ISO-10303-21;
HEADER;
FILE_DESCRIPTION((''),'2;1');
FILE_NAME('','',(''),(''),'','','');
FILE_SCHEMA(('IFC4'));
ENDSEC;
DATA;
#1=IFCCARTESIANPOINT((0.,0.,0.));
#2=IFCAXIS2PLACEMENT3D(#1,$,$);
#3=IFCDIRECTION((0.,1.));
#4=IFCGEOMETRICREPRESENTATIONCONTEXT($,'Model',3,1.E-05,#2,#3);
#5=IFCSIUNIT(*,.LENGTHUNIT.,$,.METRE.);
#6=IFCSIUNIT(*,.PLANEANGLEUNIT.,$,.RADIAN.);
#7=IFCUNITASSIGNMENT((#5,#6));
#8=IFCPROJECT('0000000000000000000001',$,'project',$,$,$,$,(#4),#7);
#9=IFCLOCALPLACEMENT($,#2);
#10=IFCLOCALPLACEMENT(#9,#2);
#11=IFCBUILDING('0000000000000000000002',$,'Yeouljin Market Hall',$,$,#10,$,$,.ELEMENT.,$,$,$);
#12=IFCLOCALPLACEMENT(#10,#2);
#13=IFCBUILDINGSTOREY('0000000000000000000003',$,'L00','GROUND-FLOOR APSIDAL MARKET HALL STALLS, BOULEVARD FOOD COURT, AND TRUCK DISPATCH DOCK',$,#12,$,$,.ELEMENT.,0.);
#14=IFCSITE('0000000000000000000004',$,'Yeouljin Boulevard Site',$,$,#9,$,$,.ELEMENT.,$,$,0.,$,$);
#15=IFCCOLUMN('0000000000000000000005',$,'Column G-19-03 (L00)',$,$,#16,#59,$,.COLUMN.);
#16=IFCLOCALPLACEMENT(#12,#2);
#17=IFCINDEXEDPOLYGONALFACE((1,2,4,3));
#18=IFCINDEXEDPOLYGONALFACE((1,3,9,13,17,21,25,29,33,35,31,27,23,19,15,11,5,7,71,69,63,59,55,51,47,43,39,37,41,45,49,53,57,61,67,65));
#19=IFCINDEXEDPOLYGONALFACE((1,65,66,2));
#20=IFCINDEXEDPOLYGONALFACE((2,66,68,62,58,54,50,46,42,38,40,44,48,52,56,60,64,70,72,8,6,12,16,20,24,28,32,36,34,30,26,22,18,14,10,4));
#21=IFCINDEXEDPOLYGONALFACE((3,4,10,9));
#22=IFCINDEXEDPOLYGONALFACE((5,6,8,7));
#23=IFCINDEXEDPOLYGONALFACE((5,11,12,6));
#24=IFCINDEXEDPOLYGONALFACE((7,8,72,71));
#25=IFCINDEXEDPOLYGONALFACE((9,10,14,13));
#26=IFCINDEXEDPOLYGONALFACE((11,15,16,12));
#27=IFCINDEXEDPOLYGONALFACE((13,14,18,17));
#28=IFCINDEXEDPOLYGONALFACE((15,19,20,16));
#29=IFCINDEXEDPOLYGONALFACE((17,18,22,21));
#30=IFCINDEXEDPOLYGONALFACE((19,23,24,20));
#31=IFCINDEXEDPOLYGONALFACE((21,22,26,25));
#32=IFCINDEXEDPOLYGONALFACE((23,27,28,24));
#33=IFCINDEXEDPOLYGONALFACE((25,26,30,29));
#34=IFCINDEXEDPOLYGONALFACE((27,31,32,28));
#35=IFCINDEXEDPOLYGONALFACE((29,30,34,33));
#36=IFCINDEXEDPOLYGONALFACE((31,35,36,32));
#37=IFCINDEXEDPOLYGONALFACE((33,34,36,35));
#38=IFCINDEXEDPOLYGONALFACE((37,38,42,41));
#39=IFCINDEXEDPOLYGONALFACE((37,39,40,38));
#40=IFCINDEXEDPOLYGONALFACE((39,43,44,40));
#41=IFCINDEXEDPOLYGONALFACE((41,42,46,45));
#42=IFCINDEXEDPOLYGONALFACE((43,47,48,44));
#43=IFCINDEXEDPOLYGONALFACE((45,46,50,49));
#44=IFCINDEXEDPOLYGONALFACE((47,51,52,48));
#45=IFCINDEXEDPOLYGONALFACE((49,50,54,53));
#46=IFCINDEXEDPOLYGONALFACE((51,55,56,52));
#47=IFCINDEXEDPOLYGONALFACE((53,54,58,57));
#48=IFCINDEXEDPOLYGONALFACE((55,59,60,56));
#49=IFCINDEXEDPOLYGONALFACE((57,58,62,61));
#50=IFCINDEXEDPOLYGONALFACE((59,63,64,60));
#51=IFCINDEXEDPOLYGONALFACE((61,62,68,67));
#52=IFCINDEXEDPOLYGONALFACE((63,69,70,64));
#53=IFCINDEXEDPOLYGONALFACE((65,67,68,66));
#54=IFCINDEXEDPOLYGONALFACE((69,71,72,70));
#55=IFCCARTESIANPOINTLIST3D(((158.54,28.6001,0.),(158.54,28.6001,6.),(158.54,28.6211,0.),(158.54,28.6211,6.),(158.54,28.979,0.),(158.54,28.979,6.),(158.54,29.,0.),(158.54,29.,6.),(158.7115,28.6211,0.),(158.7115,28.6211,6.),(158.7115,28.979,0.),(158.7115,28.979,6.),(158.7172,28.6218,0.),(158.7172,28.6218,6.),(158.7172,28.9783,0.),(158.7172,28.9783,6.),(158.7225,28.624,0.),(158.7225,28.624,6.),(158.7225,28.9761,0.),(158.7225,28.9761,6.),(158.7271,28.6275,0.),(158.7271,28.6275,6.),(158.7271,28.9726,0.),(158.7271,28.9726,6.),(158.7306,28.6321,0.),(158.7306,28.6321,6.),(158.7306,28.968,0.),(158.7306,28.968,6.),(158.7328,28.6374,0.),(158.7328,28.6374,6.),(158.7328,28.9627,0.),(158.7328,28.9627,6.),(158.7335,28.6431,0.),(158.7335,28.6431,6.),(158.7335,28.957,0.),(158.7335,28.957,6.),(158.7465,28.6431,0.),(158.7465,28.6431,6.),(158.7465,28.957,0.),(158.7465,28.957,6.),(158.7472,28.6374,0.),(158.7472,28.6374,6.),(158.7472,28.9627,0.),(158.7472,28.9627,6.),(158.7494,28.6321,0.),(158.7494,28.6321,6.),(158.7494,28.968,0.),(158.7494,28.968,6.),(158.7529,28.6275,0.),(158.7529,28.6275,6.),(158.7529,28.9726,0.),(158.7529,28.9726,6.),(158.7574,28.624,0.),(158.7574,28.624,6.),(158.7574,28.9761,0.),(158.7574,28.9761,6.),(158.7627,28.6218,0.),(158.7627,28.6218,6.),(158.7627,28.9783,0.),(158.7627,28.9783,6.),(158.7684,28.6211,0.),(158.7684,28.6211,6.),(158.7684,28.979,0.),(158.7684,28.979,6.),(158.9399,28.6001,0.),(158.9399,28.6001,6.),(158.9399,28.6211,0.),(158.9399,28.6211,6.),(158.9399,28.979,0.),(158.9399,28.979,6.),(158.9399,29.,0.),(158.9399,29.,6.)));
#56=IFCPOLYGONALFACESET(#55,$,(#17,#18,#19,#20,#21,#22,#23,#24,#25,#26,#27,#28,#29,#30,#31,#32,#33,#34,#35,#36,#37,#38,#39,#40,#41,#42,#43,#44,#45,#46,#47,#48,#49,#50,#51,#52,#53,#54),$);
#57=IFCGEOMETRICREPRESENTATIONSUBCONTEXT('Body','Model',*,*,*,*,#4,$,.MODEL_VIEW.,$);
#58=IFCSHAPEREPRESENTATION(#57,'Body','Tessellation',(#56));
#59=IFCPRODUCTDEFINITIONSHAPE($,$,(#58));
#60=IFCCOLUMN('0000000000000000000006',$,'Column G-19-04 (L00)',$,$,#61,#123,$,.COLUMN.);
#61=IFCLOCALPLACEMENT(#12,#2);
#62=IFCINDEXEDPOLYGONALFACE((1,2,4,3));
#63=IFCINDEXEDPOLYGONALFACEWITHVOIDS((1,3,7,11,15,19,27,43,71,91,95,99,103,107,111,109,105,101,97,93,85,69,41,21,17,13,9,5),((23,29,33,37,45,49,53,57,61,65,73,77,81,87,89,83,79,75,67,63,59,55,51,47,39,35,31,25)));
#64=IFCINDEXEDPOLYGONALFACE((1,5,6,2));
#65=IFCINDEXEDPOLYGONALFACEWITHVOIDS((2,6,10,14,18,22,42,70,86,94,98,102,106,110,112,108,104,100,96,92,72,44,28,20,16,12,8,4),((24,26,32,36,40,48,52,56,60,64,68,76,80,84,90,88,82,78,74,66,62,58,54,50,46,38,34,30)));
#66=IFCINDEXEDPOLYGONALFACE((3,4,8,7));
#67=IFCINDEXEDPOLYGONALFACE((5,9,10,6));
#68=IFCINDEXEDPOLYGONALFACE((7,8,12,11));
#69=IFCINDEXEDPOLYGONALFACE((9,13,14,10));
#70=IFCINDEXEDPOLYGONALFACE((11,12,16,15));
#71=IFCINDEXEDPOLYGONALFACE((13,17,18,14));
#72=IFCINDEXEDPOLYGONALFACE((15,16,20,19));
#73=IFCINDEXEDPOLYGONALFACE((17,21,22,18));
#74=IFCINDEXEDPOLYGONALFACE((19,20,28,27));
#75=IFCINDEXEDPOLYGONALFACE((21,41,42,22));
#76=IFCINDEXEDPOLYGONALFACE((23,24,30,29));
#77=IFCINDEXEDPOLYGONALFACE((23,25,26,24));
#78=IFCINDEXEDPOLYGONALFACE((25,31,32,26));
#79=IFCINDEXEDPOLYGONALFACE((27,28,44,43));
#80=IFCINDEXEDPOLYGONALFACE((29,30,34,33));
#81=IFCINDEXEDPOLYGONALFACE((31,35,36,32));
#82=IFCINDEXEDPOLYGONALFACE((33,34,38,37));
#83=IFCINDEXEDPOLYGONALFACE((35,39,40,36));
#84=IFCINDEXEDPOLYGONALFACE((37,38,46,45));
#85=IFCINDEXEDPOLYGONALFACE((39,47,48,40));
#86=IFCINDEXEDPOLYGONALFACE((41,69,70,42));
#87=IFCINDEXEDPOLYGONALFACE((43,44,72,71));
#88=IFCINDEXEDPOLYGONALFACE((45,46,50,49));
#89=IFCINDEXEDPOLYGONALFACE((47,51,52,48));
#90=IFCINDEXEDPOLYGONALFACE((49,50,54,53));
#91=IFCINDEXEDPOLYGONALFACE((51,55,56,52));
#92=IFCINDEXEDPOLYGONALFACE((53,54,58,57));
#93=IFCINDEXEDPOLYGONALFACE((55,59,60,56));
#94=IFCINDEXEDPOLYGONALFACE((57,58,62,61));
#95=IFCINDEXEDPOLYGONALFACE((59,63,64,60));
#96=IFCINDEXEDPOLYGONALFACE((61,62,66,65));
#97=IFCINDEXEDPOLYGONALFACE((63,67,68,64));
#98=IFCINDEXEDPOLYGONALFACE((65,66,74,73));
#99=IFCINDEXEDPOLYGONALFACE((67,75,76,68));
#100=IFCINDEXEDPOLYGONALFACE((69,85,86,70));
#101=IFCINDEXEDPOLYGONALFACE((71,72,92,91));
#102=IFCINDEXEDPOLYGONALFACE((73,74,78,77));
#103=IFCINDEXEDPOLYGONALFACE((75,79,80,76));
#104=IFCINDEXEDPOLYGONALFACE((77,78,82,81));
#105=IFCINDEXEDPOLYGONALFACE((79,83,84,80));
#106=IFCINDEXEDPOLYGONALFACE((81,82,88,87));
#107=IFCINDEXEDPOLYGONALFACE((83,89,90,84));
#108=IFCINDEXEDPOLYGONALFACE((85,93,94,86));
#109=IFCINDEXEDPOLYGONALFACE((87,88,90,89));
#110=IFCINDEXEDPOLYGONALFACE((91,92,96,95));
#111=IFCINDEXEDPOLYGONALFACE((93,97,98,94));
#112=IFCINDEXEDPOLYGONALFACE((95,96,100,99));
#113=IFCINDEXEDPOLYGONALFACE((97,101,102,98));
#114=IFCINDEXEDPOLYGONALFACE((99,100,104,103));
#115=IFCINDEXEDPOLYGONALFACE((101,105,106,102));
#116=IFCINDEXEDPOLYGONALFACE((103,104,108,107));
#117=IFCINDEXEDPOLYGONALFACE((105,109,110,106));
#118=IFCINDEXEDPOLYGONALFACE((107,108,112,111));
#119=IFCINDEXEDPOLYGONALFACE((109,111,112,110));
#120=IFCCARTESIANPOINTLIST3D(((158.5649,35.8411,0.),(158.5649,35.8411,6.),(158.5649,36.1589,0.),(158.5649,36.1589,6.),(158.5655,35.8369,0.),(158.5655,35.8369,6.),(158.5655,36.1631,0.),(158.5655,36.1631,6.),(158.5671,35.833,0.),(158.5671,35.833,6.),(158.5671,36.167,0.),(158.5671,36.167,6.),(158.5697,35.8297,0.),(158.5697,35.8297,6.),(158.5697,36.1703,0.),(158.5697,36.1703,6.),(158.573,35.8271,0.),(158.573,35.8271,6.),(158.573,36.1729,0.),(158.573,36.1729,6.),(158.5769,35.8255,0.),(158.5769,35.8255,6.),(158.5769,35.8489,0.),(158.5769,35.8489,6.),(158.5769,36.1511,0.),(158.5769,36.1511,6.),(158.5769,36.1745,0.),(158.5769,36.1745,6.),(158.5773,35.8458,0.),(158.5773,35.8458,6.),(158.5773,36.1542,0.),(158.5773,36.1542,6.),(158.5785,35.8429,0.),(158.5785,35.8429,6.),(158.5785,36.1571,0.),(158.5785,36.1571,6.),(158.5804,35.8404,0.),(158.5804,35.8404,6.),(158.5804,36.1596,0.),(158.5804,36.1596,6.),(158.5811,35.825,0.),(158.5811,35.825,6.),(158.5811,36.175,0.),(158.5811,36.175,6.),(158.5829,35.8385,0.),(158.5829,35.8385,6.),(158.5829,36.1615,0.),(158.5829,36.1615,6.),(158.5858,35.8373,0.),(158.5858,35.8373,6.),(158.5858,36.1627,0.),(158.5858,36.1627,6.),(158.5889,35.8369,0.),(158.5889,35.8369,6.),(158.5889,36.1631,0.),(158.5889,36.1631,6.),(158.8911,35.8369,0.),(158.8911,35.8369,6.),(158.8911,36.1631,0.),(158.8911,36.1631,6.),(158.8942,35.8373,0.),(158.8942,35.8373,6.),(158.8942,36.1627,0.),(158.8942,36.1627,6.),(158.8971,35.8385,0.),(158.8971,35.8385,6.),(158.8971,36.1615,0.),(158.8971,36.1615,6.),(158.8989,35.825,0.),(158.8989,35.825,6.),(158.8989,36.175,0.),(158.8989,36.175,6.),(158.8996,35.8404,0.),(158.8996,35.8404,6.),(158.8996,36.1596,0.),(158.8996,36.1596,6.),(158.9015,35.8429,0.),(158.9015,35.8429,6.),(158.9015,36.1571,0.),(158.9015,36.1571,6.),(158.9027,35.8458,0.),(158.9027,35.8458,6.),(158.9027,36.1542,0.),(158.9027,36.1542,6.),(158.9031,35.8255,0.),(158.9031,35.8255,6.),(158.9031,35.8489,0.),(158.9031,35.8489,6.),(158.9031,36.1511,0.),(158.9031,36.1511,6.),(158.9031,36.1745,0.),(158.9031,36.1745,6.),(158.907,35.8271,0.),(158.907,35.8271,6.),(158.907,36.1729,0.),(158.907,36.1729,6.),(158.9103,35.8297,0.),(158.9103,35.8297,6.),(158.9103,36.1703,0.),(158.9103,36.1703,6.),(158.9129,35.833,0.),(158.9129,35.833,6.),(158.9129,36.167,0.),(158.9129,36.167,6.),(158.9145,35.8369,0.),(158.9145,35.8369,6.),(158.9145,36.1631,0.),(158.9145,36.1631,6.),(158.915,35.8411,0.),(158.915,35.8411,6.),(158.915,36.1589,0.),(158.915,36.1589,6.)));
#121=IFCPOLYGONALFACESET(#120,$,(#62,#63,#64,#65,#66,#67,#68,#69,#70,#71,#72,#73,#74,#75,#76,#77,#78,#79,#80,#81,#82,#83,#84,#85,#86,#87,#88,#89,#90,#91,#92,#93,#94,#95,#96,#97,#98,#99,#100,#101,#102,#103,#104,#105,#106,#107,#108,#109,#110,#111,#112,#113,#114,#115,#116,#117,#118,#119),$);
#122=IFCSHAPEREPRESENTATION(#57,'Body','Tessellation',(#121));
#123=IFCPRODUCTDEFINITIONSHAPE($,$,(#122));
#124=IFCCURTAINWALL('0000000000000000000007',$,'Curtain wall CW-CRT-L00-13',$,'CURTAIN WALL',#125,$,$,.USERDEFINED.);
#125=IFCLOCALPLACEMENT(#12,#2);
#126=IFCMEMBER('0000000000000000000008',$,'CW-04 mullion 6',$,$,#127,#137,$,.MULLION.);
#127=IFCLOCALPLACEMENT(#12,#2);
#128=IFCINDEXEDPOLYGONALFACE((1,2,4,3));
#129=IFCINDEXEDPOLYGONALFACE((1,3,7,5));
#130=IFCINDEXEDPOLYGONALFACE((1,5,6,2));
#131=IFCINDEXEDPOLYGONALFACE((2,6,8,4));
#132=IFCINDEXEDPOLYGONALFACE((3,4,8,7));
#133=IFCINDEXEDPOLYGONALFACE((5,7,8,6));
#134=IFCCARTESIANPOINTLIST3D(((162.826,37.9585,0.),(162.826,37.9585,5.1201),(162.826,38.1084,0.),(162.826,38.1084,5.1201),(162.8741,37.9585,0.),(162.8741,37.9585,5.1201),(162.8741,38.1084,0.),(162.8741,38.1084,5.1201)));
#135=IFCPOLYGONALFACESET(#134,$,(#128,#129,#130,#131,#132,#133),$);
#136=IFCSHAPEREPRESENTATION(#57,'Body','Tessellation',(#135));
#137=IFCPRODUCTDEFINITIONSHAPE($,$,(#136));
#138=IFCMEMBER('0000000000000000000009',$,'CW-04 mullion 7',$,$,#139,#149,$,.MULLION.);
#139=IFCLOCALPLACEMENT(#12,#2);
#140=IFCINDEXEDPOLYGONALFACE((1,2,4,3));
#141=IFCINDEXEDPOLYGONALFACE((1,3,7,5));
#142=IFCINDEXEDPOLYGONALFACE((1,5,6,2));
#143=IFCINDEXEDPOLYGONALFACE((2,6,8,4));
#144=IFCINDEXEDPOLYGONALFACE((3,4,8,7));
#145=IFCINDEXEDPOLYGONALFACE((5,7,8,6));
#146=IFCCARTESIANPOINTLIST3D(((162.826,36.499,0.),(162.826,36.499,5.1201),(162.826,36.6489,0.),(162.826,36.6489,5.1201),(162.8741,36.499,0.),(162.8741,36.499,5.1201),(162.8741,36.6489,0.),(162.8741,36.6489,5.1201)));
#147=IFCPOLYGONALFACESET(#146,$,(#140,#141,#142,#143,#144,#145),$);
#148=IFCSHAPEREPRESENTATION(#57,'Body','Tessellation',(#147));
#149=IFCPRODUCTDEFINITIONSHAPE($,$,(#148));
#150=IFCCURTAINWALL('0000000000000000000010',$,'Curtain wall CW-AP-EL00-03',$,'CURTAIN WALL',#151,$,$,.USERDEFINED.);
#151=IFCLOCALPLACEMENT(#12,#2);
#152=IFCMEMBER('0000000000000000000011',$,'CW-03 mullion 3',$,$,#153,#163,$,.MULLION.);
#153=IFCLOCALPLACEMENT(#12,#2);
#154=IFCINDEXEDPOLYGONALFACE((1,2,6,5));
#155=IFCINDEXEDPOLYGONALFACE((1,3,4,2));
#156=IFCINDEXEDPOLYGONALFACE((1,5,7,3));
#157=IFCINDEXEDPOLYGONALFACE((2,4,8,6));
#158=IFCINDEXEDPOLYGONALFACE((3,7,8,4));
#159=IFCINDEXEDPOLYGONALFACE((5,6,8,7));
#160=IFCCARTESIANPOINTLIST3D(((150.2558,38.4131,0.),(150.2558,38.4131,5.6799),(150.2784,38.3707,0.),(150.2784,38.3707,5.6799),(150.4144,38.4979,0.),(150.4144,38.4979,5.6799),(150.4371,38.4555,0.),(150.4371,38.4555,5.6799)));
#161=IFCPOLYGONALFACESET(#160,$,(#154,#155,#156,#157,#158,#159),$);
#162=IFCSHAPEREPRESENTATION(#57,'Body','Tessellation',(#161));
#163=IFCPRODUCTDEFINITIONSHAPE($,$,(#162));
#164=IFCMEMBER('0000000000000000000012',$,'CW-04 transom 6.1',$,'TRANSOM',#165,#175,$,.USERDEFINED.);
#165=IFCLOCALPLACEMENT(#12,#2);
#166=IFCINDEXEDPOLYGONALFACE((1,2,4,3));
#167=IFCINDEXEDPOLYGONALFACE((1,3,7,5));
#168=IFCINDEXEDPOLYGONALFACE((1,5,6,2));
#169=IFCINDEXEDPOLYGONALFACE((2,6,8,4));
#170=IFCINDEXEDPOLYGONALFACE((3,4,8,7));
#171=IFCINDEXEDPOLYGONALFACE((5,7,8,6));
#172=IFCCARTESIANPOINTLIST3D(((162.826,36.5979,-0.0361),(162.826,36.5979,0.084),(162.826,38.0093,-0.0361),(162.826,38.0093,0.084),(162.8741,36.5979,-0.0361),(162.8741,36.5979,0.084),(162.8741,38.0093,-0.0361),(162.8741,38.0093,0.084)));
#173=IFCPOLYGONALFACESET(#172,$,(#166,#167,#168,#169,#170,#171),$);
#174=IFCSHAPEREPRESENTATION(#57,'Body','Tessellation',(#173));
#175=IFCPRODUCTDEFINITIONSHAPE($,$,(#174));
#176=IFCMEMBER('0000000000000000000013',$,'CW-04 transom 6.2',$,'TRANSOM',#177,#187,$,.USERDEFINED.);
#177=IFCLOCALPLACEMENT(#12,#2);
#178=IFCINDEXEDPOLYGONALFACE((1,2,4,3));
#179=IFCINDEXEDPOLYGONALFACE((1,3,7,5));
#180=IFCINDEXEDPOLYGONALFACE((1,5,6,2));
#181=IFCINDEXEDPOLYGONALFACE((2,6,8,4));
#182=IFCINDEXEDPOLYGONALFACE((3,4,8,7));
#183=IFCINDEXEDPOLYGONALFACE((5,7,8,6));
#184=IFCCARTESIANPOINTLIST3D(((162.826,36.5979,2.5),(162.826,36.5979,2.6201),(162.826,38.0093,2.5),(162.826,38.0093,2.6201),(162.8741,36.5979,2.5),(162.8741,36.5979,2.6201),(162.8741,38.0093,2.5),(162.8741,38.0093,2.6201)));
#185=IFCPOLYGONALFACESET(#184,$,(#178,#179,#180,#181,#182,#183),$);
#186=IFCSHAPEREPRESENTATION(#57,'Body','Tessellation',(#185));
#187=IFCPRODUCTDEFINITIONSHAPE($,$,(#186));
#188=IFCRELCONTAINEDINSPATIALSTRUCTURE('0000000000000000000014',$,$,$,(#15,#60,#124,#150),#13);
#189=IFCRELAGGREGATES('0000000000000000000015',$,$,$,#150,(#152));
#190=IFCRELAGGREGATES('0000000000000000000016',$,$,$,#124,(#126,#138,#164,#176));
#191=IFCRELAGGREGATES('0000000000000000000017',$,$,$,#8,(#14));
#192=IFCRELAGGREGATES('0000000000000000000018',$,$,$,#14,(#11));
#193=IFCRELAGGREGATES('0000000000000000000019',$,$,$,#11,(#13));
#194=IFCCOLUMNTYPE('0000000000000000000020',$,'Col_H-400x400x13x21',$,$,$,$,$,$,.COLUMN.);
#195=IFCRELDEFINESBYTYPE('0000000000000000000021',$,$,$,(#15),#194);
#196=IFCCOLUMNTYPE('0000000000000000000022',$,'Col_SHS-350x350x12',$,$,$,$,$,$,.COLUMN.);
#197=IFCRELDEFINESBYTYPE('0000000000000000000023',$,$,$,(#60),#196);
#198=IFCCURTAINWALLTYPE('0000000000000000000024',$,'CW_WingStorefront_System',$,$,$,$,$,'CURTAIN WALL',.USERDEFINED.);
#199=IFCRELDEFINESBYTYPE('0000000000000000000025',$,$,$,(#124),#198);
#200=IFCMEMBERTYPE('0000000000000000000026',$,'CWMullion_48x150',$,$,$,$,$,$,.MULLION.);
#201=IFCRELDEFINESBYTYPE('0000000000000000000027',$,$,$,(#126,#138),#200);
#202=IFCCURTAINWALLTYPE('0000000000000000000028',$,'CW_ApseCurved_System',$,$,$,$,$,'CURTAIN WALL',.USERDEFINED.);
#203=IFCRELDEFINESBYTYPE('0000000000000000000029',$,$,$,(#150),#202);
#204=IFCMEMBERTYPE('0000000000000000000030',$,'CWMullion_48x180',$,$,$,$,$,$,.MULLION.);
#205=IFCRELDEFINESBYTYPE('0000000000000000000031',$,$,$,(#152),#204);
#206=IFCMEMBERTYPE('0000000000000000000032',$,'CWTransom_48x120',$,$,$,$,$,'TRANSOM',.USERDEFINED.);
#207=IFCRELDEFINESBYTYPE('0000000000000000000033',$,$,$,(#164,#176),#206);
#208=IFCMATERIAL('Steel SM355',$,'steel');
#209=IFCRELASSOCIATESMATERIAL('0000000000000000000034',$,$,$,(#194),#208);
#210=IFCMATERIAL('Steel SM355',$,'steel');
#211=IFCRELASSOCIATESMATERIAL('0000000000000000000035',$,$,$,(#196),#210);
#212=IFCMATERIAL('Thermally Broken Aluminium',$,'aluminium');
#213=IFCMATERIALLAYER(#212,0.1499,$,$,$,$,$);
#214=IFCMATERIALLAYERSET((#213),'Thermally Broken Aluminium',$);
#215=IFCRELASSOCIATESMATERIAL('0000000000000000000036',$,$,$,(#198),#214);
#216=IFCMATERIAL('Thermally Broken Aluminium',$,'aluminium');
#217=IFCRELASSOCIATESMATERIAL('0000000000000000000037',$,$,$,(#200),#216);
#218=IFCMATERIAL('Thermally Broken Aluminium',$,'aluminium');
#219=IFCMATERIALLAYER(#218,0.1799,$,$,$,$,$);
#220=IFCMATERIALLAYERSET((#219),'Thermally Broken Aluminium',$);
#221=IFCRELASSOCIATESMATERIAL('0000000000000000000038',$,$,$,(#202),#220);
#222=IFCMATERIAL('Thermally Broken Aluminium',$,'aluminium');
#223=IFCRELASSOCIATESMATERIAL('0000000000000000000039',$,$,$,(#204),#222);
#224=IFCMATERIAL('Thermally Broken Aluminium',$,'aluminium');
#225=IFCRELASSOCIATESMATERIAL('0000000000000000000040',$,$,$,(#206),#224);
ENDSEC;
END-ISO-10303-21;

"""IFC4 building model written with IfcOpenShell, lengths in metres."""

from ifc_helpers import new_model, si_unit, direction, frame, origin, origin_2d, place, context, subcontext, project, spatial, rectangle, hollow_rectangle, i_section, extrude, material, layer, layer_set, material_profile, profile_set, type_object, element, aggregate, save


model = new_model("IFC4")

# Units and contexts
model_context = context("Model", 3, precision=1e-05, world=origin(), true_north=direction((0.0, 1.0)))
body_context = subcontext(model_context, "Body", "Model", "MODEL_VIEW")
ifc_project = project(units=[si_unit("LENGTHUNIT", "METRE"), si_unit("PLANEANGLEUNIT", "RADIAN")], contexts=[model_context])

# Site, building, storey
site_placement = place(None, origin())
site = spatial("IfcSite", under=ifc_project, at=site_placement, Name="Yeouljin Boulevard Site", CompositionType="ELEMENT", RefElevation=0.0)
building_placement = place(site_placement, origin())
building = spatial("IfcBuilding", under=site, at=building_placement, Name="Yeouljin Market Hall", CompositionType="ELEMENT")
storey_placement = place(building_placement, origin())
storey = spatial("IfcBuildingStorey", under=building, at=storey_placement, Name="L00", Description="GROUND-FLOOR APSIDAL MARKET HALL STALLS, BOULEVARD FOOD COURT, AND TRUCK DISPATCH DOCK", CompositionType="ELEMENT", Elevation=0.0)

# Columns
ifc_material_1 = material(Name="Steel SM355", Category="steel")
ifc_material_profile_1 = material_profile(ifc_material_1, i_section(OverallWidth=0.3999, OverallDepth=0.3999, WebThickness=0.0129, FlangeThickness=0.021, FilletRadius=0.022, at=origin_2d()), Name="H-400x400x13x21")
ifc_profile_set_1 = profile_set([ifc_material_profile_1], Name="Steel SM355")
column_type_1 = type_object("IfcColumnType", Name="Col_H-400x400x13x21", PredefinedType="COLUMN", material=ifc_profile_set_1)
column_1_placement = place(storey_placement, frame((158.74, 28.8, 0.0), z_axis=(0.0, 0.0, 1.0), x_axis=(1.0, 0.0, 0.0)))
element("IfcColumn", 1, at=column_1_placement, inside=storey, type_object=column_type_1, Name="Column G-19-03 (L00)", PredefinedType="COLUMN", context=body_context, shape_type="SweptSolid", body=[
    extrude(i_section(OverallWidth=0.3999, OverallDepth=0.3999, WebThickness=0.0129, FlangeThickness=0.021, FilletRadius=0.022, at=origin_2d()), origin(), (0.0, 0.0, 1.0), 6.0),
])
ifc_material_2 = material(Name="Steel SM355", Category="steel")
ifc_material_profile_2 = material_profile(ifc_material_2, hollow_rectangle(XDim=0.3501, YDim=0.3501, WallThickness=0.012, InnerFilletRadius=0.012, OuterFilletRadius=0.0161, at=origin_2d()), Name="SHS-350x350x12")
ifc_profile_set_2 = profile_set([ifc_material_profile_2], Name="Steel SM355")
column_type_2 = type_object("IfcColumnType", Name="Col_SHS-350x350x12", PredefinedType="COLUMN", material=ifc_profile_set_2)
column_2_placement = place(storey_placement, frame((158.74, 36.0, 0.0), z_axis=(0.0, 0.0, 1.0), x_axis=(1.0, 0.0, 0.0)))
element("IfcColumn", 2, at=column_2_placement, inside=storey, type_object=column_type_2, Name="Column G-19-04 (L00)", PredefinedType="COLUMN", context=body_context, shape_type="SweptSolid", body=[
    extrude(hollow_rectangle(XDim=0.3501, YDim=0.3501, WallThickness=0.012, InnerFilletRadius=0.012, OuterFilletRadius=0.0161, at=origin_2d()), origin(), (0.0, 0.0, 1.0), 6.0),
])

# Curtain wall, members
ifc_material_3 = material(Name="Thermally Broken Aluminium", Category="aluminium")
ifc_layer_1 = layer(ifc_material_3, 0.1499)
ifc_layer_set_1 = layer_set([ifc_layer_1], Name="Thermally Broken Aluminium")
curtain_wall_type_1 = type_object("IfcCurtainWallType", Name="CW_WingStorefront_System", ElementType="CURTAIN WALL", PredefinedType="USERDEFINED", material=ifc_layer_set_1)
curtain_wall_1_placement = place(storey_placement, origin())
curtain_wall_1 = element("IfcCurtainWall", 3, at=curtain_wall_1_placement, inside=storey, type_object=curtain_wall_type_1, Name="Curtain wall CW-CRT-L00-13", ObjectType="CURTAIN WALL", PredefinedType="USERDEFINED")
ifc_material_4 = material(Name="Thermally Broken Aluminium", Category="aluminium")
ifc_material_profile_3 = material_profile(ifc_material_4, rectangle(XDim=0.0481, YDim=0.1499, at=origin_2d()), Name="CW-MULL-48x150")
ifc_profile_set_3 = profile_set([ifc_material_profile_3], Name="Thermally Broken Aluminium")
member_type_1 = type_object("IfcMemberType", Name="CWMullion_48x150", PredefinedType="MULLION", material=ifc_profile_set_3)
member_1_placement = place(storey_placement, frame((162.8501, 38.0334, 0.0), z_axis=(0.0, 0.0, 1.0), x_axis=(1.0, 0.0, 0.0)))
member_1 = element("IfcMember", 4, at=member_1_placement, type_object=member_type_1, Name="CW-04 mullion 6", PredefinedType="MULLION", context=body_context, shape_type="SweptSolid", body=[
    extrude(rectangle(XDim=0.0481, YDim=0.1499, at=origin_2d()), origin(), (0.0, 0.0, 1.0), 5.1201),
])
member_2_placement = place(storey_placement, frame((162.8501, 36.574, 0.0), z_axis=(0.0, 0.0, 1.0), x_axis=(1.0, 0.0, 0.0)))
member_2 = element("IfcMember", 5, at=member_2_placement, type_object=member_type_1, Name="CW-04 mullion 7", PredefinedType="MULLION", context=body_context, shape_type="SweptSolid", body=[
    extrude(rectangle(XDim=0.0481, YDim=0.1499, at=origin_2d()), origin(), (0.0, 0.0, 1.0), 5.1201),
])

# Curtain wall, member
ifc_material_5 = material(Name="Thermally Broken Aluminium", Category="aluminium")
ifc_layer_2 = layer(ifc_material_5, 0.1799)
ifc_layer_set_2 = layer_set([ifc_layer_2], Name="Thermally Broken Aluminium")
curtain_wall_type_2 = type_object("IfcCurtainWallType", Name="CW_ApseCurved_System", ElementType="CURTAIN WALL", PredefinedType="USERDEFINED", material=ifc_layer_set_2)
curtain_wall_2_placement = place(storey_placement, origin())
curtain_wall_2 = element("IfcCurtainWall", 6, at=curtain_wall_2_placement, inside=storey, type_object=curtain_wall_type_2, Name="Curtain wall CW-AP-EL00-03", ObjectType="CURTAIN WALL", PredefinedType="USERDEFINED")
ifc_material_6 = material(Name="Thermally Broken Aluminium", Category="aluminium")
ifc_material_profile_4 = material_profile(ifc_material_6, rectangle(XDim=0.0481, YDim=0.1799, at=origin_2d()), Name="CW-MULL-48x180")
ifc_profile_set_4 = profile_set([ifc_material_profile_4], Name="Thermally Broken Aluminium")
member_type_2 = type_object("IfcMemberType", Name="CWMullion_48x180", PredefinedType="MULLION", material=ifc_profile_set_4)
member_3_placement = place(storey_placement, frame((150.3464, 38.4343, 0.0), z_axis=(0.0, 0.0, 1.0), x_axis=(0.471378, -0.881931, 0.0)))
member_3 = element("IfcMember", 7, at=member_3_placement, type_object=member_type_2, Name="CW-03 mullion 3", PredefinedType="MULLION", context=body_context, shape_type="SweptSolid", body=[
    extrude(rectangle(XDim=0.0481, YDim=0.1799, at=origin_2d()), origin(), (0.0, 0.0, 1.0), 5.6799),
])

# Members
ifc_material_7 = material(Name="Thermally Broken Aluminium", Category="aluminium")
ifc_material_profile_5 = material_profile(ifc_material_7, rectangle(XDim=0.0481, YDim=0.1201, at=origin_2d()), Name="CW-TRAN-48x120")
ifc_profile_set_5 = profile_set([ifc_material_profile_5], Name="Thermally Broken Aluminium")
member_type_3 = type_object("IfcMemberType", Name="CWTransom_48x120", ElementType="TRANSOM", PredefinedType="USERDEFINED", material=ifc_profile_set_5)
member_4_placement = place(storey_placement, frame((162.8501, 38.0093, 0.0239), z_axis=(0.0, -1.0, 0.0), x_axis=(1.0, 0.0, 0.0)))
member_4 = element("IfcMember", 8, at=member_4_placement, type_object=member_type_3, Name="CW-04 transom 6.1", ObjectType="TRANSOM", PredefinedType="USERDEFINED", context=body_context, shape_type="SweptSolid", body=[
    extrude(rectangle(XDim=0.0481, YDim=0.1201, at=origin_2d()), origin(), (0.0, 0.0, 1.0), 1.4114),
])
member_5_placement = place(storey_placement, frame((162.8501, 38.0093, 2.5601), z_axis=(0.0, -1.0, 0.0), x_axis=(1.0, 0.0, 0.0)))
member_5 = element("IfcMember", 9, at=member_5_placement, type_object=member_type_3, Name="CW-04 transom 6.2", ObjectType="TRANSOM", PredefinedType="USERDEFINED", context=body_context, shape_type="SweptSolid", body=[
    extrude(rectangle(XDim=0.0481, YDim=0.1201, at=origin_2d()), origin(), (0.0, 0.0, 1.0), 1.4114),
])

aggregate(curtain_wall_2, [member_3])
aggregate(curtain_wall_1, [member_1, member_2, member_4, member_5])

save(model, "model.ifc")
